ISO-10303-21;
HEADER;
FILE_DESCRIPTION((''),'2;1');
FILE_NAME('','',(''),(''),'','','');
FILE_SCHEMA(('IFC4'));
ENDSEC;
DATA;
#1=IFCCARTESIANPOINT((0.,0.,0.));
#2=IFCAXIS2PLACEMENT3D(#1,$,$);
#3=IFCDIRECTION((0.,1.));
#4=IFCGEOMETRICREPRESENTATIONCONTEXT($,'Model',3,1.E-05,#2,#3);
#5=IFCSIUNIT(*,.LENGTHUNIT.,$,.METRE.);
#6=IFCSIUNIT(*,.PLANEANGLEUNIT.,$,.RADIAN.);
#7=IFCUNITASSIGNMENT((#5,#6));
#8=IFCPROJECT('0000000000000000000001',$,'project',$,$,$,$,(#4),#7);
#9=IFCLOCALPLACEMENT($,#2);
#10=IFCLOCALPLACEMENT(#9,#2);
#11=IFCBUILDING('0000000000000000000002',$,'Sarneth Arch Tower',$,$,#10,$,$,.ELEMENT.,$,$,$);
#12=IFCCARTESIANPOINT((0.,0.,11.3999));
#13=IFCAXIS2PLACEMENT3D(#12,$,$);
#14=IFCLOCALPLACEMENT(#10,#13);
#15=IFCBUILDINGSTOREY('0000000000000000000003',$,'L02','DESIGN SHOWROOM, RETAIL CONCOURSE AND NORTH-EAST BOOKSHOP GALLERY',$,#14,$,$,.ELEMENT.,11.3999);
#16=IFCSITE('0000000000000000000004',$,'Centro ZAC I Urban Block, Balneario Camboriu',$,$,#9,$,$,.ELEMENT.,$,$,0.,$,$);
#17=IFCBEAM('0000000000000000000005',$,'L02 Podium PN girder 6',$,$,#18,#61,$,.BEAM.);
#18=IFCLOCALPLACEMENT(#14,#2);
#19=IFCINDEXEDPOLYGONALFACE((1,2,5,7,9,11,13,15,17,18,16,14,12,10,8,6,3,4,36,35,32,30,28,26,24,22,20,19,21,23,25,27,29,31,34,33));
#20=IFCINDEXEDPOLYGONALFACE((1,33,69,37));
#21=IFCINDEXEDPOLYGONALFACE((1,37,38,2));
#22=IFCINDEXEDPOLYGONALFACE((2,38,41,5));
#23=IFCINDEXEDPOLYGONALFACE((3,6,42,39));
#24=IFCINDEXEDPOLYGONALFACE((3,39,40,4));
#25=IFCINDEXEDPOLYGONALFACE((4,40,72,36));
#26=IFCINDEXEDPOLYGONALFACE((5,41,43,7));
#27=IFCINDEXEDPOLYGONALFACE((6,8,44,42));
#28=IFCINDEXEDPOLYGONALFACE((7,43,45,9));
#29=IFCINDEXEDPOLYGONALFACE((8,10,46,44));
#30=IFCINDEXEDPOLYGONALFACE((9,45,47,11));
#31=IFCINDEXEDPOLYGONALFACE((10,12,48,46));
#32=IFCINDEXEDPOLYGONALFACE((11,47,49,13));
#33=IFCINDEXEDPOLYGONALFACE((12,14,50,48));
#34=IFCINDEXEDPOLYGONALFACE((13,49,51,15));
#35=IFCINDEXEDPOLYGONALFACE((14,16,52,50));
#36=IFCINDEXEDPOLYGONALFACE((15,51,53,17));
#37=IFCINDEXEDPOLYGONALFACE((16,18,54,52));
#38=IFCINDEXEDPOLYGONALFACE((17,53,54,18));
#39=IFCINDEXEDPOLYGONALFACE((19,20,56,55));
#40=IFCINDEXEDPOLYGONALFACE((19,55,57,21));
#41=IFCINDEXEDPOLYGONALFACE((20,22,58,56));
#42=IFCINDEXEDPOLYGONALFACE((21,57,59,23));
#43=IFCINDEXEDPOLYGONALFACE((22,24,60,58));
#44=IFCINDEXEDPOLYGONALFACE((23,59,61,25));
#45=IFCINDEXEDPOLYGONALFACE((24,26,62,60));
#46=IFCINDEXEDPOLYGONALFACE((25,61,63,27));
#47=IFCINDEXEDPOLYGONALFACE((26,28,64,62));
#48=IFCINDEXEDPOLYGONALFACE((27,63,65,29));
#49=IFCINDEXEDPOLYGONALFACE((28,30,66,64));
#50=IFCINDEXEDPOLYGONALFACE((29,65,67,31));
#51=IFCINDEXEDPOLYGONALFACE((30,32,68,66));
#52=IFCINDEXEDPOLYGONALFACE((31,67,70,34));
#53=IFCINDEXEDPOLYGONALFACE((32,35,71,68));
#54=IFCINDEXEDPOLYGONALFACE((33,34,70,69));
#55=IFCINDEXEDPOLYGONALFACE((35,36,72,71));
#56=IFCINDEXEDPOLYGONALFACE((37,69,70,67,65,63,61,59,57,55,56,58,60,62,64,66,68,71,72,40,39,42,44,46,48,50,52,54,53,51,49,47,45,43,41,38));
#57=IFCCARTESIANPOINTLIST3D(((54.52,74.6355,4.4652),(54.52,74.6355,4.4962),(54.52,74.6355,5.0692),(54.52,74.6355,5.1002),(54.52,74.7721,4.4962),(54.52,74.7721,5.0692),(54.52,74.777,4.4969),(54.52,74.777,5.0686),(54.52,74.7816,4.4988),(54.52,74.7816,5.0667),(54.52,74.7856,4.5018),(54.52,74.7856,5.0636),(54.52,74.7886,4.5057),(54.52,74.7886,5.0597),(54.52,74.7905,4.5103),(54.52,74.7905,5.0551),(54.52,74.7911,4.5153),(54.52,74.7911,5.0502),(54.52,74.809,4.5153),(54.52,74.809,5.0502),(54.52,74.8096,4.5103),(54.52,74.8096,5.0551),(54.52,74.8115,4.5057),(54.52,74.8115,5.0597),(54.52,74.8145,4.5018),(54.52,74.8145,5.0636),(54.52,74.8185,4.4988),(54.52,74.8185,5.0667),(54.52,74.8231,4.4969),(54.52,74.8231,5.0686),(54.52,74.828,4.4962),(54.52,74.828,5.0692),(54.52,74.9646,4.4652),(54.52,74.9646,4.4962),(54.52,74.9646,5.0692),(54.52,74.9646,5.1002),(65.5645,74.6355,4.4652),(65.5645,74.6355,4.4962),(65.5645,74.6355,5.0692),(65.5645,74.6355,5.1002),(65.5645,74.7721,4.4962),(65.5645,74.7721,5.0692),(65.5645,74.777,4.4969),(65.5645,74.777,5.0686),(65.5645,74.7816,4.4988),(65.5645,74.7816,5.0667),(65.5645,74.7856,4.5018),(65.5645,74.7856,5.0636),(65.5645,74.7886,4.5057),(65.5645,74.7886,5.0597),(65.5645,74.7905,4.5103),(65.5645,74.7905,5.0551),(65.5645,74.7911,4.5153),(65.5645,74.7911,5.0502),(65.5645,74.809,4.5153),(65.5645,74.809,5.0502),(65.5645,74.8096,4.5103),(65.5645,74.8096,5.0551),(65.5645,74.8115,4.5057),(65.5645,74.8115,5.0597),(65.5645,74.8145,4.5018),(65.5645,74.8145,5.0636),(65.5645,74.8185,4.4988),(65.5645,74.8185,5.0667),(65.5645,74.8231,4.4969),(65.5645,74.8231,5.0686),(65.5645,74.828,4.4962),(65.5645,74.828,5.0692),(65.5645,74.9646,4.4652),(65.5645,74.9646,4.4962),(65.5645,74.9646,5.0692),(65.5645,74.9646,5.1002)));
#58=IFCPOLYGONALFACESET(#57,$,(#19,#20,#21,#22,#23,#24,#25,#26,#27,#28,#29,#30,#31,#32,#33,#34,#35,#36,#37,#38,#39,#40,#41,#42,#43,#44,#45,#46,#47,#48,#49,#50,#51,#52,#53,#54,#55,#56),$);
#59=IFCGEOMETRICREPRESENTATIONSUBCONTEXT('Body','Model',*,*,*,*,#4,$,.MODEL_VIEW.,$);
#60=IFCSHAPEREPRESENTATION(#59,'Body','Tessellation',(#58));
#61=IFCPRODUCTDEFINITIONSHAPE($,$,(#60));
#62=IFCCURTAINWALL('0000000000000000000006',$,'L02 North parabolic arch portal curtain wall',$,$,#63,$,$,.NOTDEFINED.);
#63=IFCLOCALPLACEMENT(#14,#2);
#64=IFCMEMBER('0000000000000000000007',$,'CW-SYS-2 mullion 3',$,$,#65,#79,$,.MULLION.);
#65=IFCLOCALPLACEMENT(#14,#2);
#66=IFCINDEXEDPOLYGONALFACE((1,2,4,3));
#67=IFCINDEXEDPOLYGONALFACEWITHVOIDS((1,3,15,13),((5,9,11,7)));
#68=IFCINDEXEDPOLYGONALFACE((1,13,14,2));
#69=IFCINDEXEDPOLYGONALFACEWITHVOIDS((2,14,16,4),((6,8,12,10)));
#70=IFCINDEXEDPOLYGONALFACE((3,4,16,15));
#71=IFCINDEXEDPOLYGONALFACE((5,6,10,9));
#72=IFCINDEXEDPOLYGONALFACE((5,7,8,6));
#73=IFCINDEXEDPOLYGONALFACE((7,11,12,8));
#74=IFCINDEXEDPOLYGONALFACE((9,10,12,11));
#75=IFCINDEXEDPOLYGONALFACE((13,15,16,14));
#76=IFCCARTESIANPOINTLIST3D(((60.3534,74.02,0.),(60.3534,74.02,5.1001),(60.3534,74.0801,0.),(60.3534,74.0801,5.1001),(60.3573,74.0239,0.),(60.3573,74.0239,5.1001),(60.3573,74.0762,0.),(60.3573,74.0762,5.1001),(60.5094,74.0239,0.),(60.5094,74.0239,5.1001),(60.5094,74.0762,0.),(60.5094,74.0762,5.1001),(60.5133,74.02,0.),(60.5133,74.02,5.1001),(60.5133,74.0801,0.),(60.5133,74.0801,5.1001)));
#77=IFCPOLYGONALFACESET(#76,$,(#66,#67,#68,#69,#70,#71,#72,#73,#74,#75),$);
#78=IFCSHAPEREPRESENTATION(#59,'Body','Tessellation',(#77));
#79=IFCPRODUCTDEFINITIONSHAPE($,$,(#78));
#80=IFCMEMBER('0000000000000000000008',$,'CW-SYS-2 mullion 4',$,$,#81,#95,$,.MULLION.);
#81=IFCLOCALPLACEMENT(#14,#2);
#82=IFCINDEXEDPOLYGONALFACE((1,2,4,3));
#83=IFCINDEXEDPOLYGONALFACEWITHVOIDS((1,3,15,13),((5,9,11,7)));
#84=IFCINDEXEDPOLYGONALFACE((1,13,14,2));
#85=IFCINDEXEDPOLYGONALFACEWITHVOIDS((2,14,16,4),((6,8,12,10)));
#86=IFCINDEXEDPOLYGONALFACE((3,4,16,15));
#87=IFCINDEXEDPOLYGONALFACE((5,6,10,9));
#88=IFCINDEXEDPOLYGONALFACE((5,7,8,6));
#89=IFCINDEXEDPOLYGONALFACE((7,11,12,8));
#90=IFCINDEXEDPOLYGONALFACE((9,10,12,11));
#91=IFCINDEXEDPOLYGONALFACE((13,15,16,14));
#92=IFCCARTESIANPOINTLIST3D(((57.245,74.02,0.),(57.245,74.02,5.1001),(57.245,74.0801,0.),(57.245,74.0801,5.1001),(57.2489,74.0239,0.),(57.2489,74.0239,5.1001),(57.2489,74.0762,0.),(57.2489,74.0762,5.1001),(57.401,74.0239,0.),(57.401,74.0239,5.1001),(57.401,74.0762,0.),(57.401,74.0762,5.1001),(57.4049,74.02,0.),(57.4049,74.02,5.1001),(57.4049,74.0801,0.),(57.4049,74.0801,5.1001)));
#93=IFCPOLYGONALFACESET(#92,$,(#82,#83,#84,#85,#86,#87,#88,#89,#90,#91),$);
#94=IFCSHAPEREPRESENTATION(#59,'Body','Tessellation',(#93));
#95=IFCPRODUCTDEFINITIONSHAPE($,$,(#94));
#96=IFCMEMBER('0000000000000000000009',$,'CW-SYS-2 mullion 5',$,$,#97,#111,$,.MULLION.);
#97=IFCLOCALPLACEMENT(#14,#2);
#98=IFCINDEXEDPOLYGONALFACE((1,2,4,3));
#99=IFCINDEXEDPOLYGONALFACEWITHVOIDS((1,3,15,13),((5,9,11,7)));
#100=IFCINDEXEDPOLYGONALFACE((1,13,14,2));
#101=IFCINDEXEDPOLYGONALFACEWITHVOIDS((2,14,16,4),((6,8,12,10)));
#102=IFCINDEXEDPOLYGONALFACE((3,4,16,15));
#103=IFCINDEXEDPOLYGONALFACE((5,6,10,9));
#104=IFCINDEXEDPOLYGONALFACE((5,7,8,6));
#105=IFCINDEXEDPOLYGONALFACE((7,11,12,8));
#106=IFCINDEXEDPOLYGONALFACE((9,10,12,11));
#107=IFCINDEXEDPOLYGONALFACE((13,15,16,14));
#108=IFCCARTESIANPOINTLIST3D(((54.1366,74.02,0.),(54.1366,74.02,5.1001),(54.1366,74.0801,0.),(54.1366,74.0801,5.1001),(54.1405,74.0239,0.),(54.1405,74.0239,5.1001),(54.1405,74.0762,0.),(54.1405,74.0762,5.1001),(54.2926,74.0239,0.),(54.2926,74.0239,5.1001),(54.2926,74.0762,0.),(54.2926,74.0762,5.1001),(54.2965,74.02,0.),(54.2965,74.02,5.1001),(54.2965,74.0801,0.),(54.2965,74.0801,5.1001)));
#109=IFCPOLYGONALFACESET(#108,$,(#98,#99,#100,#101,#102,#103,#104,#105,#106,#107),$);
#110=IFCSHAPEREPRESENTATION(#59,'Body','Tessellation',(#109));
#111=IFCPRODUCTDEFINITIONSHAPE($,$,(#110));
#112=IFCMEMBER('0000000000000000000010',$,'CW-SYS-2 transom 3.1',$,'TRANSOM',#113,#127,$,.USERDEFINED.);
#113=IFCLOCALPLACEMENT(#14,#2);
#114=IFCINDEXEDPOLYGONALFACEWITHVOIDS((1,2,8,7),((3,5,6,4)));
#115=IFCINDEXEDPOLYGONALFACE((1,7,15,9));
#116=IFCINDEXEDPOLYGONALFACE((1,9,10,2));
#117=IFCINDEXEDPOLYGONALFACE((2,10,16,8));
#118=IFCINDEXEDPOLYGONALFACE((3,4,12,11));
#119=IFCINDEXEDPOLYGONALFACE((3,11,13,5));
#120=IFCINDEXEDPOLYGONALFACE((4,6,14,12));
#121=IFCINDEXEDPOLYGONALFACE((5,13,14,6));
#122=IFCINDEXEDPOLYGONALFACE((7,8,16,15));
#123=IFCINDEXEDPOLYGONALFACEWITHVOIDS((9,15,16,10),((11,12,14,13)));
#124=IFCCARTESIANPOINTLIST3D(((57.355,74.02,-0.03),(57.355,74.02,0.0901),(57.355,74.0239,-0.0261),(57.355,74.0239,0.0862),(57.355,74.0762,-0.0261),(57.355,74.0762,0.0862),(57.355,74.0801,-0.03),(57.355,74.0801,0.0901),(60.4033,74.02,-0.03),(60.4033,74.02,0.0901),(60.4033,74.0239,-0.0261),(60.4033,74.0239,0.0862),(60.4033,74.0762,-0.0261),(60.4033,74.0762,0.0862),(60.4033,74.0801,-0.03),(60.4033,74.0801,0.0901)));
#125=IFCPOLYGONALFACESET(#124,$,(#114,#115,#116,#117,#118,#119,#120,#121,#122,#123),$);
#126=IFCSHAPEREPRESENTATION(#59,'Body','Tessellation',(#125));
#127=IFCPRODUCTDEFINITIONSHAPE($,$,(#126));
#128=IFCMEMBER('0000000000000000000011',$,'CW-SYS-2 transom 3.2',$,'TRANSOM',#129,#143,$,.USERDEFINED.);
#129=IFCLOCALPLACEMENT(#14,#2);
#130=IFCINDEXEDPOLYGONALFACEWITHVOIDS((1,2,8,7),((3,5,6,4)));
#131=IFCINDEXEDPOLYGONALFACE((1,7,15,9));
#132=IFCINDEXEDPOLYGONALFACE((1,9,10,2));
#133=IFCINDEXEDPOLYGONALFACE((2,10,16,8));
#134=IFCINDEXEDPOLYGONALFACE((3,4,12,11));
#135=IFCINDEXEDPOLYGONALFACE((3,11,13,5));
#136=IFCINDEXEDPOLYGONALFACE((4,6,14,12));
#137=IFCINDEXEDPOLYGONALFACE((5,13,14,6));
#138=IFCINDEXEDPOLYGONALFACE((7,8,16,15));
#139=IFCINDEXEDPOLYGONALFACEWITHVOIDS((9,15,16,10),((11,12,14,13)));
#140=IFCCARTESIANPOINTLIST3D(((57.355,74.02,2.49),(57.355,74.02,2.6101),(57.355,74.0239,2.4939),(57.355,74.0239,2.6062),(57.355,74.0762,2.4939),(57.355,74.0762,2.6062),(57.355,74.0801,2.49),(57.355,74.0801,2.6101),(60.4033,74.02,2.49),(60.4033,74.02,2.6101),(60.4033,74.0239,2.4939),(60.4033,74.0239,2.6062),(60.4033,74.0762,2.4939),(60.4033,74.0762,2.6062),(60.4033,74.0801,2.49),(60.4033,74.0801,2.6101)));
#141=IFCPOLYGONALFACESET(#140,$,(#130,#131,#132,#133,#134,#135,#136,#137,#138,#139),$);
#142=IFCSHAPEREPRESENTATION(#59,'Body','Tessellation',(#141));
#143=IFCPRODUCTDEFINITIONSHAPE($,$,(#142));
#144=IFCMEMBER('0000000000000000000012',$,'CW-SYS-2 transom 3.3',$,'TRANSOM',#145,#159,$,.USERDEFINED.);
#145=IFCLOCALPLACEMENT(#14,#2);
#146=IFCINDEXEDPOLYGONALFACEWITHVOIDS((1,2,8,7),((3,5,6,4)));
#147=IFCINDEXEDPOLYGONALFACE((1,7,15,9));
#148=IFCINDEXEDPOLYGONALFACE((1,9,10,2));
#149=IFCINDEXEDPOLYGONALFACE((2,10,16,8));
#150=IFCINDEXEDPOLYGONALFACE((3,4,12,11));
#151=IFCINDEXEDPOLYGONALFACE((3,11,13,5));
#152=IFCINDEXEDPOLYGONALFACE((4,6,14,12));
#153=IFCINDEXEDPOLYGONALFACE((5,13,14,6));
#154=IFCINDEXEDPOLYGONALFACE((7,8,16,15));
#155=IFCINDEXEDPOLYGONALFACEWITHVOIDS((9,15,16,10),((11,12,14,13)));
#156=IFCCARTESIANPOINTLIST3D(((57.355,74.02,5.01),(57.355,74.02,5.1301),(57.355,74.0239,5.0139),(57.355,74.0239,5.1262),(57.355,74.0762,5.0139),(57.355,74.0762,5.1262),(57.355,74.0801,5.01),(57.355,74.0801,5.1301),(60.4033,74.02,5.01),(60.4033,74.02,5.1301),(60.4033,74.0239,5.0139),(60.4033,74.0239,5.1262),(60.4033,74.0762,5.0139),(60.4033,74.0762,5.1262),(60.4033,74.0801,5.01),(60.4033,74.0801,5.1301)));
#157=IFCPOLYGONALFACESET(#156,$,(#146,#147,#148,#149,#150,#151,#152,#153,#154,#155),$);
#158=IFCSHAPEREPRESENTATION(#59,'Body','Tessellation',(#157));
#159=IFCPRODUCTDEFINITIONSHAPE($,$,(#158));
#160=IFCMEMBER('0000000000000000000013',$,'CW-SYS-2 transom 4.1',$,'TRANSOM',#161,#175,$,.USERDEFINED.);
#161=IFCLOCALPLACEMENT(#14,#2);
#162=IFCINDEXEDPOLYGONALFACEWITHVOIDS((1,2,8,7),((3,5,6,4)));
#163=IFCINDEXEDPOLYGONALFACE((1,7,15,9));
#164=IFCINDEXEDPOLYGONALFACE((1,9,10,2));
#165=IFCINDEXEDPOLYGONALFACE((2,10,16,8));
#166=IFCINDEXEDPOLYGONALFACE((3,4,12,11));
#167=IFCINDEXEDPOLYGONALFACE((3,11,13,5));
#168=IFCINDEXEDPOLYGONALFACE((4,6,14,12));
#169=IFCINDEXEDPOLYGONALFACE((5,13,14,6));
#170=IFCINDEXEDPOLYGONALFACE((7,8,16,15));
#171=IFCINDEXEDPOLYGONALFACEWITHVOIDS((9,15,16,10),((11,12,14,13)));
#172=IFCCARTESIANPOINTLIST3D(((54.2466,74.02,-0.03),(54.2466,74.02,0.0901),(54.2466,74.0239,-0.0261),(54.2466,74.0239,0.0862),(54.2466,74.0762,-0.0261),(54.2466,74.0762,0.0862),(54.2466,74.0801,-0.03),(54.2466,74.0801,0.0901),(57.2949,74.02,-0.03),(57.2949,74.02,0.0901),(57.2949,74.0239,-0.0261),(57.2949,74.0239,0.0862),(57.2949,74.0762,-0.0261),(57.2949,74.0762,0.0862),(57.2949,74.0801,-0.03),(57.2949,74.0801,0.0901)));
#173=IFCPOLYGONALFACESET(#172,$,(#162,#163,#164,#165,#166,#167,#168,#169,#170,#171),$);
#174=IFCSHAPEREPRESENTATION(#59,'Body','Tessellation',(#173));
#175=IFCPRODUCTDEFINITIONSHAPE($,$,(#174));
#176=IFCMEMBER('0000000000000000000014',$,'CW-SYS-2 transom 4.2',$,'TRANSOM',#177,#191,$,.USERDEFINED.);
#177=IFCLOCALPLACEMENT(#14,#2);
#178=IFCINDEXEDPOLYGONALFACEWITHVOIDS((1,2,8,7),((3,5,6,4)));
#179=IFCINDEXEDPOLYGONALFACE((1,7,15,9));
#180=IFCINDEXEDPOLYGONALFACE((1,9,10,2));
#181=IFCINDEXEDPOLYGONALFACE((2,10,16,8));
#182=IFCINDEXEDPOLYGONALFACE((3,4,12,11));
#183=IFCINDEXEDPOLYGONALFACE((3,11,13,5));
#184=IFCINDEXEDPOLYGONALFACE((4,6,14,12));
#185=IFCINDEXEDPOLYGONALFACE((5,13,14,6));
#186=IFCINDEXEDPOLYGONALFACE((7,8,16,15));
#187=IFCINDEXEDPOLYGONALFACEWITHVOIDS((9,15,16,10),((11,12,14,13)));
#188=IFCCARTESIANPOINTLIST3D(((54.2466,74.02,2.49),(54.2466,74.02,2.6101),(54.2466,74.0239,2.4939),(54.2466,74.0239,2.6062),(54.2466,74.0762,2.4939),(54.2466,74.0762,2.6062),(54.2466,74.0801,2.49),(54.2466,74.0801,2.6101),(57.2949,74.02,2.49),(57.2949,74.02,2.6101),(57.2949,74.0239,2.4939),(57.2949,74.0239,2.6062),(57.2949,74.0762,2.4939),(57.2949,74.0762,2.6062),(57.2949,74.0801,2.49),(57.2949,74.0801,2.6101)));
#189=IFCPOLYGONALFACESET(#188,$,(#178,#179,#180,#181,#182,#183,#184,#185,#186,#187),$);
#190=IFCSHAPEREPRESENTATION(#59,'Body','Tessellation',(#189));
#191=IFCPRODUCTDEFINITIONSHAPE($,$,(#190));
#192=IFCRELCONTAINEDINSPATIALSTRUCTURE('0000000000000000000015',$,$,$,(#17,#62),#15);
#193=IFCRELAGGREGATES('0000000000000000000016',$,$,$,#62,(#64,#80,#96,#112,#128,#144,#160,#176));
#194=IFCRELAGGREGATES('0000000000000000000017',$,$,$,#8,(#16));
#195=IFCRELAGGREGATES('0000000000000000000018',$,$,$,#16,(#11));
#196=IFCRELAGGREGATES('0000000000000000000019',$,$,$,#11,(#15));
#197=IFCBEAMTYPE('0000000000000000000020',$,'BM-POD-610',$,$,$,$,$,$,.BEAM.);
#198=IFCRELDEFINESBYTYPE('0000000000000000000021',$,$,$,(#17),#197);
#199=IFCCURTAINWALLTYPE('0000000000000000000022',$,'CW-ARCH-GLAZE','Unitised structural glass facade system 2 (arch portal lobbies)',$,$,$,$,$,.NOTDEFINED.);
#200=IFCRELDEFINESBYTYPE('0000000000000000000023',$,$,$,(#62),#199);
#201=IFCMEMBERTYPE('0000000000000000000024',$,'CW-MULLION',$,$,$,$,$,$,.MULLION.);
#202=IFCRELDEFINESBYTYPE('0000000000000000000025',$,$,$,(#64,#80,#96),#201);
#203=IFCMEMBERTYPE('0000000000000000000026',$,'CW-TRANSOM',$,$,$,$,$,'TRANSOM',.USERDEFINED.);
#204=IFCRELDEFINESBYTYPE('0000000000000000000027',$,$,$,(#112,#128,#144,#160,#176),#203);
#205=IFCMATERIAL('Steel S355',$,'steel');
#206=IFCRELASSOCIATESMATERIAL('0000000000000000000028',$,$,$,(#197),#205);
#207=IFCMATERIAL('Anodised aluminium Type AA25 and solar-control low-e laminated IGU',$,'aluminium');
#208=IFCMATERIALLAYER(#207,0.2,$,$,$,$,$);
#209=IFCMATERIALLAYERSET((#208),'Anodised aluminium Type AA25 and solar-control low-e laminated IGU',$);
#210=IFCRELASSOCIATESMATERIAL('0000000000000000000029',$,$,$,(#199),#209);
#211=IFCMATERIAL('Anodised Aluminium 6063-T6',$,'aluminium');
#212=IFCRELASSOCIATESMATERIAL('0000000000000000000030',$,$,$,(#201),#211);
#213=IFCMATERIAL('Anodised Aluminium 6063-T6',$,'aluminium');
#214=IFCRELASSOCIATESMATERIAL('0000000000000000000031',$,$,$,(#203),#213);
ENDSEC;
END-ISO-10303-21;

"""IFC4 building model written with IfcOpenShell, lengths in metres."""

from ifc_helpers import new_model, si_unit, direction, frame, origin, origin_2d, place, context, subcontext, project, spatial, hollow_rectangle, i_section, extrude, material, layer, layer_set, material_profile, profile_set, type_object, element, aggregate, save


model = new_model("IFC4")

# Units and contexts
model_context = context("Model", 3, precision=1e-05, world=origin(), true_north=direction((0.0, 1.0)))
body_context = subcontext(model_context, "Body", "Model", "MODEL_VIEW")
ifc_project = project(units=[si_unit("LENGTHUNIT", "METRE"), si_unit("PLANEANGLEUNIT", "RADIAN")], contexts=[model_context])

# Site, building, storey
site_placement = place(None, origin())
site = spatial("IfcSite", under=ifc_project, at=site_placement, Name="Centro ZAC I Urban Block, Balneario Camboriu", CompositionType="ELEMENT", RefElevation=0.0)
building_placement = place(site_placement, origin())
building = spatial("IfcBuilding", under=site, at=building_placement, Name="Sarneth Arch Tower", CompositionType="ELEMENT")
storey_placement = place(building_placement, frame((0.0, 0.0, 11.3999)))
storey = spatial("IfcBuildingStorey", under=building, at=storey_placement, Name="L02", Description="DESIGN SHOWROOM, RETAIL CONCOURSE AND NORTH-EAST BOOKSHOP GALLERY", CompositionType="ELEMENT", Elevation=11.3999)

# Beam
ifc_material_1 = material(Name="Steel S355", Category="steel")
ifc_material_profile_1 = material_profile(ifc_material_1, i_section(OverallWidth=0.3291, OverallDepth=0.635, WebThickness=0.0178, FlangeThickness=0.031, FilletRadius=0.019, at=origin_2d()), Name="W610x241")
ifc_profile_set_1 = profile_set([ifc_material_profile_1], Name="Steel S355")
beam_type = type_object("IfcBeamType", Name="BM-POD-610", PredefinedType="BEAM", material=ifc_profile_set_1)
beam_placement = place(storey_placement, frame((54.52, 74.8, 4.7827), z_axis=(1.0, 0.0, 0.0), x_axis=(0.0, 1.0, 0.0)))
element("IfcBeam", 1, at=beam_placement, inside=storey, type_object=beam_type, Name="L02 Podium PN girder 6", PredefinedType="BEAM", context=body_context, shape_type="SweptSolid", body=[
    extrude(i_section(OverallWidth=0.3291, OverallDepth=0.635, WebThickness=0.0178, FlangeThickness=0.031, FilletRadius=0.019, at=origin_2d()), origin(), (0.0, 0.0, 1.0), 11.0444),
])

# Curtain wall, members
ifc_material_2 = material(Name="Anodised aluminium Type AA25 and solar-control low-e laminated IGU", Category="aluminium")
ifc_layer_1 = layer(ifc_material_2, 0.2)
ifc_layer_set_1 = layer_set([ifc_layer_1], Name="Anodised aluminium Type AA25 and solar-control low-e laminated IGU")
curtain_wall_type = type_object("IfcCurtainWallType", Name="CW-ARCH-GLAZE", Description="Unitised structural glass facade system 2 (arch portal lobbies)", PredefinedType="NOTDEFINED", material=ifc_layer_set_1)
curtain_wall_placement = place(storey_placement, origin())
curtain_wall = element("IfcCurtainWall", 2, at=curtain_wall_placement, inside=storey, type_object=curtain_wall_type, Name="L02 North parabolic arch portal curtain wall", PredefinedType="NOTDEFINED")
ifc_material_3 = material(Name="Anodised Aluminium 6063-T6", Category="aluminium")
ifc_material_profile_2 = material_profile(ifc_material_3, hollow_rectangle(XDim=0.0601, YDim=0.1599, WallThickness=0.0039, at=origin_2d()), Name="AL-MULL-160x60x4")
ifc_profile_set_2 = profile_set([ifc_material_profile_2], Name="Anodised Aluminium 6063-T6")
member_type_1 = type_object("IfcMemberType", Name="CW-MULLION", PredefinedType="MULLION", material=ifc_profile_set_2)
member_1_placement = place(storey_placement, frame((60.4333, 74.05, 0.0), z_axis=(0.0, 0.0, 1.0), x_axis=(0.0, -1.0, 0.0)))
member_1 = element("IfcMember", 3, at=member_1_placement, type_object=member_type_1, Name="CW-SYS-2 mullion 3", PredefinedType="MULLION", context=body_context, shape_type="SweptSolid", body=[
    extrude(hollow_rectangle(XDim=0.0601, YDim=0.1599, WallThickness=0.0039, at=origin_2d()), origin(), (0.0, 0.0, 1.0), 5.1001),
])
member_2_placement = place(storey_placement, frame((57.325, 74.05, 0.0), z_axis=(0.0, 0.0, 1.0), x_axis=(0.0, -1.0, 0.0)))
member_2 = element("IfcMember", 4, at=member_2_placement, type_object=member_type_1, Name="CW-SYS-2 mullion 4", PredefinedType="MULLION", context=body_context, shape_type="SweptSolid", body=[
    extrude(hollow_rectangle(XDim=0.0601, YDim=0.1599, WallThickness=0.0039, at=origin_2d()), origin(), (0.0, 0.0, 1.0), 5.1001),
])
member_3_placement = place(storey_placement, frame((54.2166, 74.05, 0.0), z_axis=(0.0, 0.0, 1.0), x_axis=(0.0, -1.0, 0.0)))
member_3 = element("IfcMember", 5, at=member_3_placement, type_object=member_type_1, Name="CW-SYS-2 mullion 5", PredefinedType="MULLION", context=body_context, shape_type="SweptSolid", body=[
    extrude(hollow_rectangle(XDim=0.0601, YDim=0.1599, WallThickness=0.0039, at=origin_2d()), origin(), (0.0, 0.0, 1.0), 5.1001),
])
ifc_material_4 = material(Name="Anodised Aluminium 6063-T6", Category="aluminium")
ifc_material_profile_3 = material_profile(ifc_material_4, hollow_rectangle(XDim=0.0601, YDim=0.1201, WallThickness=0.0039, at=origin_2d()), Name="AL-TRAN-120x60x4")
ifc_profile_set_3 = profile_set([ifc_material_profile_3], Name="Anodised Aluminium 6063-T6")
member_type_2 = type_object("IfcMemberType", Name="CW-TRANSOM", ElementType="TRANSOM", PredefinedType="USERDEFINED", material=ifc_profile_set_3)
member_4_placement = place(storey_placement, frame((60.4033, 74.05, 0.03), z_axis=(-1.0, 0.0, 0.0), x_axis=(0.0, -1.0, 0.0)))
member_4 = element("IfcMember", 6, at=member_4_placement, type_object=member_type_2, Name="CW-SYS-2 transom 3.1", ObjectType="TRANSOM", PredefinedType="USERDEFINED", context=body_context, shape_type="SweptSolid", body=[
    extrude(hollow_rectangle(XDim=0.0601, YDim=0.1201, WallThickness=0.0039, at=origin_2d()), origin(), (0.0, 0.0, 1.0), 3.0483),
])
member_5_placement = place(storey_placement, frame((60.4033, 74.05, 2.55), z_axis=(-1.0, 0.0, 0.0), x_axis=(0.0, -1.0, 0.0)))
member_5 = element("IfcMember", 7, at=member_5_placement, type_object=member_type_2, Name="CW-SYS-2 transom 3.2", ObjectType="TRANSOM", PredefinedType="USERDEFINED", context=body_context, shape_type="SweptSolid", body=[
    extrude(hollow_rectangle(XDim=0.0601, YDim=0.1201, WallThickness=0.0039, at=origin_2d()), origin(), (0.0, 0.0, 1.0), 3.0483),
])
member_6_placement = place(storey_placement, frame((60.4033, 74.05, 5.0701), z_axis=(-1.0, 0.0, 0.0), x_axis=(0.0, -1.0, 0.0)))
member_6 = element("IfcMember", 8, at=member_6_placement, type_object=member_type_2, Name="CW-SYS-2 transom 3.3", ObjectType="TRANSOM", PredefinedType="USERDEFINED", context=body_context, shape_type="SweptSolid", body=[
    extrude(hollow_rectangle(XDim=0.0601, YDim=0.1201, WallThickness=0.0039, at=origin_2d()), origin(), (0.0, 0.0, 1.0), 3.0483),
])
member_7_placement = place(storey_placement, frame((57.2949, 74.05, 0.03), z_axis=(-1.0, 0.0, 0.0), x_axis=(0.0, -1.0, 0.0)))
member_7 = element("IfcMember", 9, at=member_7_placement, type_object=member_type_2, Name="CW-SYS-2 transom 4.1", ObjectType="TRANSOM", PredefinedType="USERDEFINED", context=body_context, shape_type="SweptSolid", body=[
    extrude(hollow_rectangle(XDim=0.0601, YDim=0.1201, WallThickness=0.0039, at=origin_2d()), origin(), (0.0, 0.0, 1.0), 3.0483),
])
member_8_placement = place(storey_placement, frame((57.2949, 74.05, 2.55), z_axis=(-1.0, 0.0, 0.0), x_axis=(0.0, -1.0, 0.0)))
member_8 = element("IfcMember", 10, at=member_8_placement, type_object=member_type_2, Name="CW-SYS-2 transom 4.2", ObjectType="TRANSOM", PredefinedType="USERDEFINED", context=body_context, shape_type="SweptSolid", body=[
    extrude(hollow_rectangle(XDim=0.0601, YDim=0.1201, WallThickness=0.0039, at=origin_2d()), origin(), (0.0, 0.0, 1.0), 3.0483),
])

aggregate(curtain_wall, [member_1, member_2, member_3, member_4, member_5, member_6, member_7, member_8])

save(model, "model.ifc")
